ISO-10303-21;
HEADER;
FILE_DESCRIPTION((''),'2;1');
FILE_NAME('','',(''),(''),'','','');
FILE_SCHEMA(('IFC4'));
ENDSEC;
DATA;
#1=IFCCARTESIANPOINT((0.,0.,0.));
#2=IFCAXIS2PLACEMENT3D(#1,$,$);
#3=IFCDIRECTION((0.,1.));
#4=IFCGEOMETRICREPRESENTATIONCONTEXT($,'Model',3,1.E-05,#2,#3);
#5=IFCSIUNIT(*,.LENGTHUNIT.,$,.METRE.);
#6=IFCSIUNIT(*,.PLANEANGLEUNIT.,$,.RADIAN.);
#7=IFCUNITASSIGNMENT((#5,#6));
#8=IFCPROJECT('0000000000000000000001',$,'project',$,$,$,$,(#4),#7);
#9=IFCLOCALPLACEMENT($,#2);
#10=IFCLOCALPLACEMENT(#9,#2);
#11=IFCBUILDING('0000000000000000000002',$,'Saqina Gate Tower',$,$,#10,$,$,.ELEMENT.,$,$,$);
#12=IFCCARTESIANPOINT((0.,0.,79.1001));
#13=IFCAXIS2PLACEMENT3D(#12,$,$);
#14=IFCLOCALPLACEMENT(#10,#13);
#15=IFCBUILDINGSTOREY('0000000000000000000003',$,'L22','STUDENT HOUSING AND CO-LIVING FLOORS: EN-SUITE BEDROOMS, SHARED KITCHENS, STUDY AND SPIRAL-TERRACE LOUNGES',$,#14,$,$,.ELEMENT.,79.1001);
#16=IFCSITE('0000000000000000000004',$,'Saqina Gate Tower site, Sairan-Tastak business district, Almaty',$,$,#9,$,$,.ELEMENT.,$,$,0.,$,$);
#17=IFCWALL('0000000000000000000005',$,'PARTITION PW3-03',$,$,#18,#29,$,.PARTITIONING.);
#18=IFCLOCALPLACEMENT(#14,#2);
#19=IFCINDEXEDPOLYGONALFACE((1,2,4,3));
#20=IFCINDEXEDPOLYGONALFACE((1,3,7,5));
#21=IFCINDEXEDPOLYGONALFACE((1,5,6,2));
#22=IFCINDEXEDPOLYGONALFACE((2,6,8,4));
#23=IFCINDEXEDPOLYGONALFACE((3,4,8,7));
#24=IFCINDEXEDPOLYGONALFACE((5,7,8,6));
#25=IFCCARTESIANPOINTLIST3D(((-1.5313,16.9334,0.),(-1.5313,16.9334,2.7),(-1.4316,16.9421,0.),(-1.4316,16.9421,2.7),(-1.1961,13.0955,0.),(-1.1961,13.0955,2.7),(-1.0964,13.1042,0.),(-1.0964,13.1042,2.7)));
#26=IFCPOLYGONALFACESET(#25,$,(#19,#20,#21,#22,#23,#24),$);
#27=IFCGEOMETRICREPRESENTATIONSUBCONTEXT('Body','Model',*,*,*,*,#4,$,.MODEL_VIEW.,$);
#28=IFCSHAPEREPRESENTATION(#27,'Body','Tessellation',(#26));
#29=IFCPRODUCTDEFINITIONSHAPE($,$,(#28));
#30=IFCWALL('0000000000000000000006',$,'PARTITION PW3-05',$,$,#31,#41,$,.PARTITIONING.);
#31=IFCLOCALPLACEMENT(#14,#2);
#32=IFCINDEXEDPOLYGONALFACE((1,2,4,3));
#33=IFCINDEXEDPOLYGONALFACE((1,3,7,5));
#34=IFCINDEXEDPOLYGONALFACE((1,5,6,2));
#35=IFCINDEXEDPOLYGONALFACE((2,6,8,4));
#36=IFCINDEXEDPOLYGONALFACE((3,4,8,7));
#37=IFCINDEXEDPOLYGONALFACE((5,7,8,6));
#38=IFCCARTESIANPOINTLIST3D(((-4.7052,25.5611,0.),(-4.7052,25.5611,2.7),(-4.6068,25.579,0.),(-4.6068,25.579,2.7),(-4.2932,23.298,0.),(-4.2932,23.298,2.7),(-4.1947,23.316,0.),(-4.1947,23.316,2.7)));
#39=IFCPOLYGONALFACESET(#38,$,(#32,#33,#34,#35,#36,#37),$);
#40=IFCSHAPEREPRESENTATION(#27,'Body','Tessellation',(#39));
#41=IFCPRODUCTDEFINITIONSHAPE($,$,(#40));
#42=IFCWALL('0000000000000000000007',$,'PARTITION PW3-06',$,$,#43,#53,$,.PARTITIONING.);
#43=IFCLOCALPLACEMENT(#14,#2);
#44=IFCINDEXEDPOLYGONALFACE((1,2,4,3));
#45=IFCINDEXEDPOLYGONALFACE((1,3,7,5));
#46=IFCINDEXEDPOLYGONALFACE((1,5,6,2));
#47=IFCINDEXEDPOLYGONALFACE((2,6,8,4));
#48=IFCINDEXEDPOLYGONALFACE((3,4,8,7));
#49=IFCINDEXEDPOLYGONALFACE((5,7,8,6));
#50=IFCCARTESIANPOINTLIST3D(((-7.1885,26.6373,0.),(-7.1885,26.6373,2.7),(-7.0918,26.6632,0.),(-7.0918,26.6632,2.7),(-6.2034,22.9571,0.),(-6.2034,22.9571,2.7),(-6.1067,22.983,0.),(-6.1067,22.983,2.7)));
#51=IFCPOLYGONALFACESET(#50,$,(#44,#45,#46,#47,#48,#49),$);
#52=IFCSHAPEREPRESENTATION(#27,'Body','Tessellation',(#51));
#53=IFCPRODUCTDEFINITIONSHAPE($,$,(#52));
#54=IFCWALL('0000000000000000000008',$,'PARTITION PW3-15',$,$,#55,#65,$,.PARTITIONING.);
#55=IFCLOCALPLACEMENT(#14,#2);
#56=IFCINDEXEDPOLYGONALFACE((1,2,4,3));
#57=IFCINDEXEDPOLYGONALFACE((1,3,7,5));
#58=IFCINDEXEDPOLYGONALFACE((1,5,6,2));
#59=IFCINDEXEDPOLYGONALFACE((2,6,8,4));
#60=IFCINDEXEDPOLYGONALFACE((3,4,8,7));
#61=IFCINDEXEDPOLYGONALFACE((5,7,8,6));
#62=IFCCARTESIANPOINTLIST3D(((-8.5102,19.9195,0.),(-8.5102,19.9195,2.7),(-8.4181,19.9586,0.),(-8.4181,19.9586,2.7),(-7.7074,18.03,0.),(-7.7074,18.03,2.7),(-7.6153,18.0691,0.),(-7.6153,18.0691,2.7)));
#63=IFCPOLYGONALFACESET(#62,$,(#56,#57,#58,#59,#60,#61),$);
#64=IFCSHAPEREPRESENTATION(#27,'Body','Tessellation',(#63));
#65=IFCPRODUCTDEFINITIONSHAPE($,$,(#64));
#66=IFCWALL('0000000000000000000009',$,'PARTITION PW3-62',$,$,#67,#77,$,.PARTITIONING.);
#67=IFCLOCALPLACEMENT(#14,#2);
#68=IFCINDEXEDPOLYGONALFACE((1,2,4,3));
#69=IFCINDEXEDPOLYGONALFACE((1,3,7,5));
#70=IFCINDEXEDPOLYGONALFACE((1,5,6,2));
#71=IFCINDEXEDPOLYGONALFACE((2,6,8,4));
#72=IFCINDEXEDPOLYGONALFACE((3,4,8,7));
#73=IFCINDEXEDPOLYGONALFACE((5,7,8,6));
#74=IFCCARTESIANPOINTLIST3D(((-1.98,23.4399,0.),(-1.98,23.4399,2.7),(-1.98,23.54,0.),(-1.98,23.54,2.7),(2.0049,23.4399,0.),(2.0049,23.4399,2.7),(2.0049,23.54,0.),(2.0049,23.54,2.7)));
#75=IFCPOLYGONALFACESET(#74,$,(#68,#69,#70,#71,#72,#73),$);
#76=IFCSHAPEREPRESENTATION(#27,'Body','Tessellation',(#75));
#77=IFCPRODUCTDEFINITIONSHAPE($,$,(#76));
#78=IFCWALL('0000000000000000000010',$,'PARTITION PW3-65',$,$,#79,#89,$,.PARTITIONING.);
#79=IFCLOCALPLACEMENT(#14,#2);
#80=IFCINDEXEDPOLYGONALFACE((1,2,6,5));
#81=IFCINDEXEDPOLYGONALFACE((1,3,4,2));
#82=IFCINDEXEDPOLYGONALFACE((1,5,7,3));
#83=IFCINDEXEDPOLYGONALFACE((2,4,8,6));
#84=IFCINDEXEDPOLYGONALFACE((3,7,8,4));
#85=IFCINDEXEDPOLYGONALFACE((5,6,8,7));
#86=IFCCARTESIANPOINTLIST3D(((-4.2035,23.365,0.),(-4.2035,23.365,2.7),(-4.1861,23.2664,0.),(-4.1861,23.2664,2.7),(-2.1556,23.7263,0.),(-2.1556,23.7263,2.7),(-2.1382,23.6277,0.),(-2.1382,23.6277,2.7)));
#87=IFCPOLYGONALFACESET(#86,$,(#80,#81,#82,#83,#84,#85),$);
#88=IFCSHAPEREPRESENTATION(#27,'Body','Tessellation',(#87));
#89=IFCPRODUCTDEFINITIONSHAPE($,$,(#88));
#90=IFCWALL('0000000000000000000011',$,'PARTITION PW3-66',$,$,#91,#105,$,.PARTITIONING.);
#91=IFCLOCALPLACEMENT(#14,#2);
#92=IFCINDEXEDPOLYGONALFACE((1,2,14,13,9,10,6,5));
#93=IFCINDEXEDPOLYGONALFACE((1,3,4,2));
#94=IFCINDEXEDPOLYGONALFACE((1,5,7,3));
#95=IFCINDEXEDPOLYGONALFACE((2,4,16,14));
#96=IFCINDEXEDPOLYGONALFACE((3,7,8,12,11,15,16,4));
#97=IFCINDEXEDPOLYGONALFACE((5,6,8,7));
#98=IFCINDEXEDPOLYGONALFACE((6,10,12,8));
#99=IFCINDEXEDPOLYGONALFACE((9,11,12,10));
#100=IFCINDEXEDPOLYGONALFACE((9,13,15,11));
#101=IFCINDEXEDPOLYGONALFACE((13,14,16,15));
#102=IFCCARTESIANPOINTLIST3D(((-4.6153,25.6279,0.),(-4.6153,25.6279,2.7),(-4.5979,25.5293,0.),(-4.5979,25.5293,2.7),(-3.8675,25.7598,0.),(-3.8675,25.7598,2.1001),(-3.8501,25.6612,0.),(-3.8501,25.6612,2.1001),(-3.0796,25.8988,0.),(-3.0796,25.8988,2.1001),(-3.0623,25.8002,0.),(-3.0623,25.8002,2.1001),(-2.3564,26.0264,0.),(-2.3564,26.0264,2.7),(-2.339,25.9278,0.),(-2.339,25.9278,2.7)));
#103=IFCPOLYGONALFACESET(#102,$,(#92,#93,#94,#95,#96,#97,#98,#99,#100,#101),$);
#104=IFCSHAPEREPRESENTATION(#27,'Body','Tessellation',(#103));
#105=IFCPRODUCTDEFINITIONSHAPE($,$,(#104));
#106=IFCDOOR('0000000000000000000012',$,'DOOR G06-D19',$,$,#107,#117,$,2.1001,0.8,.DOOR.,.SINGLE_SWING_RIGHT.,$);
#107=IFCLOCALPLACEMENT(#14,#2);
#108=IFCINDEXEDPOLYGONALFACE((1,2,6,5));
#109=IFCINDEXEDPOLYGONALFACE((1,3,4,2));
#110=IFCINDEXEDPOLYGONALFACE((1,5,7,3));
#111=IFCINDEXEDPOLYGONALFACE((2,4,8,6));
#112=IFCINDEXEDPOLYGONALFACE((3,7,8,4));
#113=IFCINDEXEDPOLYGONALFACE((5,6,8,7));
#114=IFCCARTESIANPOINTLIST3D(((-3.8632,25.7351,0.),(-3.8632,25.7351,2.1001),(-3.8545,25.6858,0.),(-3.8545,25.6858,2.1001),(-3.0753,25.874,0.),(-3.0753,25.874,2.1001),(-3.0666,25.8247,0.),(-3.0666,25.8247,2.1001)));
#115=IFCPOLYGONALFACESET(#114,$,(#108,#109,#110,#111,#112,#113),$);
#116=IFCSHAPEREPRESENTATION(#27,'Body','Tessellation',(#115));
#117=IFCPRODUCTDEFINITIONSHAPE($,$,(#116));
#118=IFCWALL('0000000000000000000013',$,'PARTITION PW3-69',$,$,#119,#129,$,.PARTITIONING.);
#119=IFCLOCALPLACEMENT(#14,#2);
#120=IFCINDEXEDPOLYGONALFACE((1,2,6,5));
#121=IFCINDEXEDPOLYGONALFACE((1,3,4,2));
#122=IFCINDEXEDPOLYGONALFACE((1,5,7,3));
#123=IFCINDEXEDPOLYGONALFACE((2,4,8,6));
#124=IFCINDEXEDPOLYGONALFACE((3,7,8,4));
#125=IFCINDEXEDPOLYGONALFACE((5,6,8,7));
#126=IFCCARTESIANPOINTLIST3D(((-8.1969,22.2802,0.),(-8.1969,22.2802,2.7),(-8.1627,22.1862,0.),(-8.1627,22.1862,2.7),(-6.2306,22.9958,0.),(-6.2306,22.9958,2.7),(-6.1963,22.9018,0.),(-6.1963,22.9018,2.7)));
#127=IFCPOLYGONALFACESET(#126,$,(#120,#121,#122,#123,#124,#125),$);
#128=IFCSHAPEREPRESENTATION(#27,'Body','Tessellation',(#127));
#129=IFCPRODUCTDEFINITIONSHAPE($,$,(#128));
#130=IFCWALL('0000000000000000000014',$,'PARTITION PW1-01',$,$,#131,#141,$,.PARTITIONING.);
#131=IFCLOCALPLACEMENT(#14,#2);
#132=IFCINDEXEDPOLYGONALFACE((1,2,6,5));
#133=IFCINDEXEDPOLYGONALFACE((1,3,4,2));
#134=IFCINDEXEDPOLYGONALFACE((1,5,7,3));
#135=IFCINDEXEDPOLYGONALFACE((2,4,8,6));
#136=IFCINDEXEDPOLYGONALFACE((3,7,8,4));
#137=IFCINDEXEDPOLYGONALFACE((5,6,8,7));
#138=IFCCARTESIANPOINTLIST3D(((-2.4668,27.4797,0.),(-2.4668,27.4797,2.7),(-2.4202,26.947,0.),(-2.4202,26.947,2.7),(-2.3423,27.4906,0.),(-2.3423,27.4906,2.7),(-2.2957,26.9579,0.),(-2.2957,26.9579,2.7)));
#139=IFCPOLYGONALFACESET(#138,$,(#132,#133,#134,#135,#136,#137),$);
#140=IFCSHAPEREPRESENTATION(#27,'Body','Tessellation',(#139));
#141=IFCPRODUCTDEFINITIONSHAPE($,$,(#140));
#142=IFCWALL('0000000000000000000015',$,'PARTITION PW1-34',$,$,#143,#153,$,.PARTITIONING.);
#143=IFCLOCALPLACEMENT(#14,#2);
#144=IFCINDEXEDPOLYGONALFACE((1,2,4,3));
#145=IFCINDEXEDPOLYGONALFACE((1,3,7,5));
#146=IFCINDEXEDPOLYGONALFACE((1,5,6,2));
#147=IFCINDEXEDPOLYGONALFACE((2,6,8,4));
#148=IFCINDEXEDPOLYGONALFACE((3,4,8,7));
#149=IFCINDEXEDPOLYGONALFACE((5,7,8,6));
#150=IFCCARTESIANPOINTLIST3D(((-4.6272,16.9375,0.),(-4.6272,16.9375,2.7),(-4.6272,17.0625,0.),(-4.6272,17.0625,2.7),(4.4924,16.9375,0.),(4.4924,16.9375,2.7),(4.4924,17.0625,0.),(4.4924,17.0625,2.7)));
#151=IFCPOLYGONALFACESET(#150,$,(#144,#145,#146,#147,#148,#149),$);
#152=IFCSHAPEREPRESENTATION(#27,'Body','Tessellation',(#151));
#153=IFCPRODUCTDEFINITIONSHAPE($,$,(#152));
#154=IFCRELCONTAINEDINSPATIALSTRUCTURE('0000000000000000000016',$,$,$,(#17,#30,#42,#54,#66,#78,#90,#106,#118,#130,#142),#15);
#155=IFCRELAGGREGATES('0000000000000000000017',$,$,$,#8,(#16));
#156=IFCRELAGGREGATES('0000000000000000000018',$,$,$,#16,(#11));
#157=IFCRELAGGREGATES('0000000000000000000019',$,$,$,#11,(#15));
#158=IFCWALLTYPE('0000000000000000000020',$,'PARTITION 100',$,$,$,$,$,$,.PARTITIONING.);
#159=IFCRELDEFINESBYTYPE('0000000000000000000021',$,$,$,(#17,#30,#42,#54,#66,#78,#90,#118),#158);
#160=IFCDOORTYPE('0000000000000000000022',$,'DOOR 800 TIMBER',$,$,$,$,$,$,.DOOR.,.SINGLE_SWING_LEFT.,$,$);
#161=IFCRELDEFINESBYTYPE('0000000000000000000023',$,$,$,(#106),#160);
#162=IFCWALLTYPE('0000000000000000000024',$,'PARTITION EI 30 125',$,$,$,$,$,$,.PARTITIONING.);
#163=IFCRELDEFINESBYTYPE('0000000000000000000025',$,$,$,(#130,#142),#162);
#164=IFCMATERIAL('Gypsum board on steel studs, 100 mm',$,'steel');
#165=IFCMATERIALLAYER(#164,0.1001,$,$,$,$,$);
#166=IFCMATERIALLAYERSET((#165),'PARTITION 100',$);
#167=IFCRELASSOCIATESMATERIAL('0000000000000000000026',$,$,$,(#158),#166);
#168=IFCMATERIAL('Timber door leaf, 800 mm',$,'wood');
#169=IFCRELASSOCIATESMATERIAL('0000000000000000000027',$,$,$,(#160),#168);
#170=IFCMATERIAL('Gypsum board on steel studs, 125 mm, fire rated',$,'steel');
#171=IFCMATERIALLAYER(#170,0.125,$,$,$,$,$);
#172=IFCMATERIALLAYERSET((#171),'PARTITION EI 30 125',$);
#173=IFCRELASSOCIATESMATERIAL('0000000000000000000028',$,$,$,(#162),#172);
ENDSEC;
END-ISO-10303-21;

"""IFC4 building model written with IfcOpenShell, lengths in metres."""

from ifc_helpers import new_model, si_unit, direction, frame, frame_2d, origin, place, context, subcontext, project, spatial, rectangle, extrude, material, layer, layer_set, type_object, element, fill, save


model = new_model("IFC4")

# Units and contexts
model_context = context("Model", 3, precision=1e-05, world=origin(), true_north=direction((0.0, 1.0)))
body_context = subcontext(model_context, "Body", "Model", "MODEL_VIEW")
ifc_project = project(units=[si_unit("LENGTHUNIT", "METRE"), si_unit("PLANEANGLEUNIT", "RADIAN")], contexts=[model_context])

# Site, building, storey
site_placement = place(None, origin())
site = spatial("IfcSite", under=ifc_project, at=site_placement, Name="Saqina Gate Tower site, Sairan-Tastak business district, Almaty", CompositionType="ELEMENT", RefElevation=0.0)
building_placement = place(site_placement, origin())
building = spatial("IfcBuilding", under=site, at=building_placement, Name="Saqina Gate Tower", CompositionType="ELEMENT")
storey_placement = place(building_placement, frame((0.0, 0.0, 79.1001)))
storey = spatial("IfcBuildingStorey", under=building, at=storey_placement, Name="L22", Description="STUDENT HOUSING AND CO-LIVING FLOORS: EN-SUITE BEDROOMS, SHARED KITCHENS, STUDY AND SPIRAL-TERRACE LOUNGES", CompositionType="ELEMENT", Elevation=79.1001)

# Walls
ifc_material_1 = material(Name="Gypsum board on steel studs, 100 mm", Category="steel")
ifc_layer_1 = layer(ifc_material_1, 0.1001)
ifc_layer_set_1 = layer_set([ifc_layer_1], Name="PARTITION 100")
wall_type_1 = type_object("IfcWallType", Name="PARTITION 100", PredefinedType="PARTITIONING", material=ifc_layer_set_1)
wall_1_placement = place(storey_placement, frame((-1.4814, 16.9377, 0.0), z_axis=(0.0, 0.0, 1.0), x_axis=(0.08701, -0.996207, 0.0)))
element("IfcWall", 1, at=wall_1_placement, inside=storey, type_object=wall_type_1, Name="PARTITION PW3-03", PredefinedType="PARTITIONING", context=body_context, shape_type="SweptSolid", body=[
    extrude(rectangle(XDim=3.8525, YDim=0.1001, at=frame_2d((1.9263, 0.0))), origin(), (0.0, 0.0, 1.0), 2.7),
])
wall_2_placement = place(storey_placement, frame((-4.656, 25.5701, 0.0), z_axis=(0.0, 0.0, 1.0), x_axis=(0.179147, -0.983822, 0.0)))
element("IfcWall", 2, at=wall_2_placement, inside=storey, type_object=wall_type_1, Name="PARTITION PW3-05", PredefinedType="PARTITIONING", context=body_context, shape_type="SweptSolid", body=[
    extrude(rectangle(XDim=2.3003, YDim=0.1001, at=frame_2d((1.1501, 0.0))), origin(), (0.0, 0.0, 1.0), 2.7),
])
wall_3_placement = place(storey_placement, frame((-7.1401, 26.6501, 0.0), z_axis=(0.0, 0.0, 1.0), x_axis=(0.258576, -0.965991, 0.0)))
element("IfcWall", 3, at=wall_3_placement, inside=storey, type_object=wall_type_1, Name="PARTITION PW3-06", PredefinedType="PARTITIONING", context=body_context, shape_type="SweptSolid", body=[
    extrude(rectangle(XDim=3.8098, YDim=0.1001, at=frame_2d((1.9048, 0.0))), origin(), (0.0, 0.0, 1.0), 2.7),
])
wall_4_placement = place(storey_placement, frame((-8.4641, 19.939, 0.0), z_axis=(0.0, 0.0, 1.0), x_axis=(0.391032, -0.920377, 0.0)))
element("IfcWall", 4, at=wall_4_placement, inside=storey, type_object=wall_type_1, Name="PARTITION PW3-15", PredefinedType="PARTITIONING", context=body_context, shape_type="SweptSolid", body=[
    extrude(rectangle(XDim=2.053, YDim=0.1001, at=frame_2d((1.0264, 0.0))), origin(), (0.0, 0.0, 1.0), 2.7),
])
wall_5_placement = place(storey_placement, frame((-1.98, 23.49, 0.0), z_axis=(0.0, 0.0, 1.0), x_axis=(1.0, 0.0, 0.0)))
element("IfcWall", 5, at=wall_5_placement, inside=storey, type_object=wall_type_1, Name="PARTITION PW3-62", PredefinedType="PARTITIONING", context=body_context, shape_type="SweptSolid", body=[
    extrude(rectangle(XDim=3.9849, YDim=0.1001, at=frame_2d((1.9924, 0.0))), origin(), (0.0, 0.0, 1.0), 2.7),
])
wall_6_placement = place(storey_placement, frame((-4.1948, 23.3157, 0.0), z_axis=(0.0, 0.0, 1.0), x_axis=(0.984788, 0.173759, 0.0)))
element("IfcWall", 6, at=wall_6_placement, inside=storey, type_object=wall_type_1, Name="PARTITION PW3-65", PredefinedType="PARTITIONING", context=body_context, shape_type="SweptSolid", body=[
    extrude(rectangle(XDim=2.0796, YDim=0.1001, at=frame_2d((1.0398, 0.0))), origin(), (0.0, 0.0, 1.0), 2.7),
])

# Wall, opening, door
wall_7_placement = place(storey_placement, frame((-4.6067, 25.5786, 0.0), z_axis=(0.0, 0.0, 1.0), x_axis=(0.984796, 0.173712, 0.0)))
wall_7 = element("IfcWall", 7, at=wall_7_placement, inside=storey, type_object=wall_type_1, Name="PARTITION PW3-66", PredefinedType="PARTITIONING", context=body_context, shape_type="SweptSolid", body=[
    extrude(rectangle(XDim=2.2937, YDim=0.1001, at=frame_2d((1.147, 0.0))), origin(), (0.0, 0.0, 1.0), 2.7),
])
opening_1_placement = place(wall_7_placement, frame((0.7595, 0.0, 0.0)))
opening_1 = element("IfcOpeningElement", 8, at=opening_1_placement, cuts=wall_7, PredefinedType="OPENING", context=body_context, shape_type="SweptSolid", body=[
    extrude(rectangle(XDim=0.8, YDim=2.1001, at=frame_2d((0.3999, 1.05))), frame((0.0, 0.062, 0.0), z_axis=(0.0, -1.0, 0.0), x_axis=(1.0, 0.0, 0.0)), (0.0, 0.0, 1.0), 0.124),
])
ifc_material_2 = material(Name="Timber door leaf, 800 mm", Category="wood")
door_type_1 = type_object("IfcDoorType", Name="DOOR 800 TIMBER", OperationType="SINGLE_SWING_LEFT", PredefinedType="DOOR", material=ifc_material_2)
door_1_placement = place(opening_1_placement, origin())
door_1 = element("IfcDoor", 9, at=door_1_placement, inside=storey, type_object=door_type_1, Name="DOOR G06-D19", OperationType="SINGLE_SWING_RIGHT", OverallHeight=2.1001, OverallWidth=0.8, PredefinedType="DOOR", context=body_context, shape_type="SweptSolid", body=[
    extrude(rectangle(XDim=0.8, YDim=2.1001, at=frame_2d((0.3999, 1.05))), frame((0.0, 0.0249, 0.0), z_axis=(0.0, -1.0, 0.0), x_axis=(1.0, 0.0, 0.0)), (0.0, 0.0, 1.0), 0.05),
])
fill(opening_1, door_1)

# Walls
wall_8_placement = place(storey_placement, frame((-8.1799, 22.2332, 0.0), z_axis=(0.0, 0.0, 1.0), x_axis=(0.939708, 0.341977, 0.0)))
element("IfcWall", 10, at=wall_8_placement, inside=storey, type_object=wall_type_1, Name="PARTITION PW3-69", PredefinedType="PARTITIONING", context=body_context, shape_type="SweptSolid", body=[
    extrude(rectangle(XDim=2.0925, YDim=0.1001, at=frame_2d((1.0464, 0.0))), origin(), (0.0, 0.0, 1.0), 2.7),
])
ifc_material_3 = material(Name="Gypsum board on steel studs, 125 mm, fire rated", Category="steel")
ifc_layer_2 = layer(ifc_material_3, 0.125)
ifc_layer_set_2 = layer_set([ifc_layer_2], Name="PARTITION EI 30 125")
wall_type_2 = type_object("IfcWallType", Name="PARTITION EI 30 125", PredefinedType="PARTITIONING", material=ifc_layer_set_2)
wall_9_placement = place(storey_placement, frame((-2.4045, 27.4851, 0.0), z_axis=(0.0, 0.0, 1.0), x_axis=(0.087201, -0.996191, 0.0)))
element("IfcWall", 11, at=wall_9_placement, inside=storey, type_object=wall_type_2, Name="PARTITION PW1-01", PredefinedType="PARTITIONING", context=body_context, shape_type="SweptSolid", body=[
    extrude(rectangle(XDim=0.5347, YDim=0.125, at=frame_2d((0.2673, 0.0))), origin(), (0.0, 0.0, 1.0), 2.7),
])
wall_10_placement = place(storey_placement, frame((-4.6272, 17.0, 0.0), z_axis=(0.0, 0.0, 1.0), x_axis=(1.0, 0.0, 0.0)))
element("IfcWall", 12, at=wall_10_placement, inside=storey, type_object=wall_type_2, Name="PARTITION PW1-34", PredefinedType="PARTITIONING", context=body_context, shape_type="SweptSolid", body=[
    extrude(rectangle(XDim=9.1196, YDim=0.125, at=frame_2d((4.5598, 0.0))), origin(), (0.0, 0.0, 1.0), 2.7),
])

save(model, "model.ifc")
